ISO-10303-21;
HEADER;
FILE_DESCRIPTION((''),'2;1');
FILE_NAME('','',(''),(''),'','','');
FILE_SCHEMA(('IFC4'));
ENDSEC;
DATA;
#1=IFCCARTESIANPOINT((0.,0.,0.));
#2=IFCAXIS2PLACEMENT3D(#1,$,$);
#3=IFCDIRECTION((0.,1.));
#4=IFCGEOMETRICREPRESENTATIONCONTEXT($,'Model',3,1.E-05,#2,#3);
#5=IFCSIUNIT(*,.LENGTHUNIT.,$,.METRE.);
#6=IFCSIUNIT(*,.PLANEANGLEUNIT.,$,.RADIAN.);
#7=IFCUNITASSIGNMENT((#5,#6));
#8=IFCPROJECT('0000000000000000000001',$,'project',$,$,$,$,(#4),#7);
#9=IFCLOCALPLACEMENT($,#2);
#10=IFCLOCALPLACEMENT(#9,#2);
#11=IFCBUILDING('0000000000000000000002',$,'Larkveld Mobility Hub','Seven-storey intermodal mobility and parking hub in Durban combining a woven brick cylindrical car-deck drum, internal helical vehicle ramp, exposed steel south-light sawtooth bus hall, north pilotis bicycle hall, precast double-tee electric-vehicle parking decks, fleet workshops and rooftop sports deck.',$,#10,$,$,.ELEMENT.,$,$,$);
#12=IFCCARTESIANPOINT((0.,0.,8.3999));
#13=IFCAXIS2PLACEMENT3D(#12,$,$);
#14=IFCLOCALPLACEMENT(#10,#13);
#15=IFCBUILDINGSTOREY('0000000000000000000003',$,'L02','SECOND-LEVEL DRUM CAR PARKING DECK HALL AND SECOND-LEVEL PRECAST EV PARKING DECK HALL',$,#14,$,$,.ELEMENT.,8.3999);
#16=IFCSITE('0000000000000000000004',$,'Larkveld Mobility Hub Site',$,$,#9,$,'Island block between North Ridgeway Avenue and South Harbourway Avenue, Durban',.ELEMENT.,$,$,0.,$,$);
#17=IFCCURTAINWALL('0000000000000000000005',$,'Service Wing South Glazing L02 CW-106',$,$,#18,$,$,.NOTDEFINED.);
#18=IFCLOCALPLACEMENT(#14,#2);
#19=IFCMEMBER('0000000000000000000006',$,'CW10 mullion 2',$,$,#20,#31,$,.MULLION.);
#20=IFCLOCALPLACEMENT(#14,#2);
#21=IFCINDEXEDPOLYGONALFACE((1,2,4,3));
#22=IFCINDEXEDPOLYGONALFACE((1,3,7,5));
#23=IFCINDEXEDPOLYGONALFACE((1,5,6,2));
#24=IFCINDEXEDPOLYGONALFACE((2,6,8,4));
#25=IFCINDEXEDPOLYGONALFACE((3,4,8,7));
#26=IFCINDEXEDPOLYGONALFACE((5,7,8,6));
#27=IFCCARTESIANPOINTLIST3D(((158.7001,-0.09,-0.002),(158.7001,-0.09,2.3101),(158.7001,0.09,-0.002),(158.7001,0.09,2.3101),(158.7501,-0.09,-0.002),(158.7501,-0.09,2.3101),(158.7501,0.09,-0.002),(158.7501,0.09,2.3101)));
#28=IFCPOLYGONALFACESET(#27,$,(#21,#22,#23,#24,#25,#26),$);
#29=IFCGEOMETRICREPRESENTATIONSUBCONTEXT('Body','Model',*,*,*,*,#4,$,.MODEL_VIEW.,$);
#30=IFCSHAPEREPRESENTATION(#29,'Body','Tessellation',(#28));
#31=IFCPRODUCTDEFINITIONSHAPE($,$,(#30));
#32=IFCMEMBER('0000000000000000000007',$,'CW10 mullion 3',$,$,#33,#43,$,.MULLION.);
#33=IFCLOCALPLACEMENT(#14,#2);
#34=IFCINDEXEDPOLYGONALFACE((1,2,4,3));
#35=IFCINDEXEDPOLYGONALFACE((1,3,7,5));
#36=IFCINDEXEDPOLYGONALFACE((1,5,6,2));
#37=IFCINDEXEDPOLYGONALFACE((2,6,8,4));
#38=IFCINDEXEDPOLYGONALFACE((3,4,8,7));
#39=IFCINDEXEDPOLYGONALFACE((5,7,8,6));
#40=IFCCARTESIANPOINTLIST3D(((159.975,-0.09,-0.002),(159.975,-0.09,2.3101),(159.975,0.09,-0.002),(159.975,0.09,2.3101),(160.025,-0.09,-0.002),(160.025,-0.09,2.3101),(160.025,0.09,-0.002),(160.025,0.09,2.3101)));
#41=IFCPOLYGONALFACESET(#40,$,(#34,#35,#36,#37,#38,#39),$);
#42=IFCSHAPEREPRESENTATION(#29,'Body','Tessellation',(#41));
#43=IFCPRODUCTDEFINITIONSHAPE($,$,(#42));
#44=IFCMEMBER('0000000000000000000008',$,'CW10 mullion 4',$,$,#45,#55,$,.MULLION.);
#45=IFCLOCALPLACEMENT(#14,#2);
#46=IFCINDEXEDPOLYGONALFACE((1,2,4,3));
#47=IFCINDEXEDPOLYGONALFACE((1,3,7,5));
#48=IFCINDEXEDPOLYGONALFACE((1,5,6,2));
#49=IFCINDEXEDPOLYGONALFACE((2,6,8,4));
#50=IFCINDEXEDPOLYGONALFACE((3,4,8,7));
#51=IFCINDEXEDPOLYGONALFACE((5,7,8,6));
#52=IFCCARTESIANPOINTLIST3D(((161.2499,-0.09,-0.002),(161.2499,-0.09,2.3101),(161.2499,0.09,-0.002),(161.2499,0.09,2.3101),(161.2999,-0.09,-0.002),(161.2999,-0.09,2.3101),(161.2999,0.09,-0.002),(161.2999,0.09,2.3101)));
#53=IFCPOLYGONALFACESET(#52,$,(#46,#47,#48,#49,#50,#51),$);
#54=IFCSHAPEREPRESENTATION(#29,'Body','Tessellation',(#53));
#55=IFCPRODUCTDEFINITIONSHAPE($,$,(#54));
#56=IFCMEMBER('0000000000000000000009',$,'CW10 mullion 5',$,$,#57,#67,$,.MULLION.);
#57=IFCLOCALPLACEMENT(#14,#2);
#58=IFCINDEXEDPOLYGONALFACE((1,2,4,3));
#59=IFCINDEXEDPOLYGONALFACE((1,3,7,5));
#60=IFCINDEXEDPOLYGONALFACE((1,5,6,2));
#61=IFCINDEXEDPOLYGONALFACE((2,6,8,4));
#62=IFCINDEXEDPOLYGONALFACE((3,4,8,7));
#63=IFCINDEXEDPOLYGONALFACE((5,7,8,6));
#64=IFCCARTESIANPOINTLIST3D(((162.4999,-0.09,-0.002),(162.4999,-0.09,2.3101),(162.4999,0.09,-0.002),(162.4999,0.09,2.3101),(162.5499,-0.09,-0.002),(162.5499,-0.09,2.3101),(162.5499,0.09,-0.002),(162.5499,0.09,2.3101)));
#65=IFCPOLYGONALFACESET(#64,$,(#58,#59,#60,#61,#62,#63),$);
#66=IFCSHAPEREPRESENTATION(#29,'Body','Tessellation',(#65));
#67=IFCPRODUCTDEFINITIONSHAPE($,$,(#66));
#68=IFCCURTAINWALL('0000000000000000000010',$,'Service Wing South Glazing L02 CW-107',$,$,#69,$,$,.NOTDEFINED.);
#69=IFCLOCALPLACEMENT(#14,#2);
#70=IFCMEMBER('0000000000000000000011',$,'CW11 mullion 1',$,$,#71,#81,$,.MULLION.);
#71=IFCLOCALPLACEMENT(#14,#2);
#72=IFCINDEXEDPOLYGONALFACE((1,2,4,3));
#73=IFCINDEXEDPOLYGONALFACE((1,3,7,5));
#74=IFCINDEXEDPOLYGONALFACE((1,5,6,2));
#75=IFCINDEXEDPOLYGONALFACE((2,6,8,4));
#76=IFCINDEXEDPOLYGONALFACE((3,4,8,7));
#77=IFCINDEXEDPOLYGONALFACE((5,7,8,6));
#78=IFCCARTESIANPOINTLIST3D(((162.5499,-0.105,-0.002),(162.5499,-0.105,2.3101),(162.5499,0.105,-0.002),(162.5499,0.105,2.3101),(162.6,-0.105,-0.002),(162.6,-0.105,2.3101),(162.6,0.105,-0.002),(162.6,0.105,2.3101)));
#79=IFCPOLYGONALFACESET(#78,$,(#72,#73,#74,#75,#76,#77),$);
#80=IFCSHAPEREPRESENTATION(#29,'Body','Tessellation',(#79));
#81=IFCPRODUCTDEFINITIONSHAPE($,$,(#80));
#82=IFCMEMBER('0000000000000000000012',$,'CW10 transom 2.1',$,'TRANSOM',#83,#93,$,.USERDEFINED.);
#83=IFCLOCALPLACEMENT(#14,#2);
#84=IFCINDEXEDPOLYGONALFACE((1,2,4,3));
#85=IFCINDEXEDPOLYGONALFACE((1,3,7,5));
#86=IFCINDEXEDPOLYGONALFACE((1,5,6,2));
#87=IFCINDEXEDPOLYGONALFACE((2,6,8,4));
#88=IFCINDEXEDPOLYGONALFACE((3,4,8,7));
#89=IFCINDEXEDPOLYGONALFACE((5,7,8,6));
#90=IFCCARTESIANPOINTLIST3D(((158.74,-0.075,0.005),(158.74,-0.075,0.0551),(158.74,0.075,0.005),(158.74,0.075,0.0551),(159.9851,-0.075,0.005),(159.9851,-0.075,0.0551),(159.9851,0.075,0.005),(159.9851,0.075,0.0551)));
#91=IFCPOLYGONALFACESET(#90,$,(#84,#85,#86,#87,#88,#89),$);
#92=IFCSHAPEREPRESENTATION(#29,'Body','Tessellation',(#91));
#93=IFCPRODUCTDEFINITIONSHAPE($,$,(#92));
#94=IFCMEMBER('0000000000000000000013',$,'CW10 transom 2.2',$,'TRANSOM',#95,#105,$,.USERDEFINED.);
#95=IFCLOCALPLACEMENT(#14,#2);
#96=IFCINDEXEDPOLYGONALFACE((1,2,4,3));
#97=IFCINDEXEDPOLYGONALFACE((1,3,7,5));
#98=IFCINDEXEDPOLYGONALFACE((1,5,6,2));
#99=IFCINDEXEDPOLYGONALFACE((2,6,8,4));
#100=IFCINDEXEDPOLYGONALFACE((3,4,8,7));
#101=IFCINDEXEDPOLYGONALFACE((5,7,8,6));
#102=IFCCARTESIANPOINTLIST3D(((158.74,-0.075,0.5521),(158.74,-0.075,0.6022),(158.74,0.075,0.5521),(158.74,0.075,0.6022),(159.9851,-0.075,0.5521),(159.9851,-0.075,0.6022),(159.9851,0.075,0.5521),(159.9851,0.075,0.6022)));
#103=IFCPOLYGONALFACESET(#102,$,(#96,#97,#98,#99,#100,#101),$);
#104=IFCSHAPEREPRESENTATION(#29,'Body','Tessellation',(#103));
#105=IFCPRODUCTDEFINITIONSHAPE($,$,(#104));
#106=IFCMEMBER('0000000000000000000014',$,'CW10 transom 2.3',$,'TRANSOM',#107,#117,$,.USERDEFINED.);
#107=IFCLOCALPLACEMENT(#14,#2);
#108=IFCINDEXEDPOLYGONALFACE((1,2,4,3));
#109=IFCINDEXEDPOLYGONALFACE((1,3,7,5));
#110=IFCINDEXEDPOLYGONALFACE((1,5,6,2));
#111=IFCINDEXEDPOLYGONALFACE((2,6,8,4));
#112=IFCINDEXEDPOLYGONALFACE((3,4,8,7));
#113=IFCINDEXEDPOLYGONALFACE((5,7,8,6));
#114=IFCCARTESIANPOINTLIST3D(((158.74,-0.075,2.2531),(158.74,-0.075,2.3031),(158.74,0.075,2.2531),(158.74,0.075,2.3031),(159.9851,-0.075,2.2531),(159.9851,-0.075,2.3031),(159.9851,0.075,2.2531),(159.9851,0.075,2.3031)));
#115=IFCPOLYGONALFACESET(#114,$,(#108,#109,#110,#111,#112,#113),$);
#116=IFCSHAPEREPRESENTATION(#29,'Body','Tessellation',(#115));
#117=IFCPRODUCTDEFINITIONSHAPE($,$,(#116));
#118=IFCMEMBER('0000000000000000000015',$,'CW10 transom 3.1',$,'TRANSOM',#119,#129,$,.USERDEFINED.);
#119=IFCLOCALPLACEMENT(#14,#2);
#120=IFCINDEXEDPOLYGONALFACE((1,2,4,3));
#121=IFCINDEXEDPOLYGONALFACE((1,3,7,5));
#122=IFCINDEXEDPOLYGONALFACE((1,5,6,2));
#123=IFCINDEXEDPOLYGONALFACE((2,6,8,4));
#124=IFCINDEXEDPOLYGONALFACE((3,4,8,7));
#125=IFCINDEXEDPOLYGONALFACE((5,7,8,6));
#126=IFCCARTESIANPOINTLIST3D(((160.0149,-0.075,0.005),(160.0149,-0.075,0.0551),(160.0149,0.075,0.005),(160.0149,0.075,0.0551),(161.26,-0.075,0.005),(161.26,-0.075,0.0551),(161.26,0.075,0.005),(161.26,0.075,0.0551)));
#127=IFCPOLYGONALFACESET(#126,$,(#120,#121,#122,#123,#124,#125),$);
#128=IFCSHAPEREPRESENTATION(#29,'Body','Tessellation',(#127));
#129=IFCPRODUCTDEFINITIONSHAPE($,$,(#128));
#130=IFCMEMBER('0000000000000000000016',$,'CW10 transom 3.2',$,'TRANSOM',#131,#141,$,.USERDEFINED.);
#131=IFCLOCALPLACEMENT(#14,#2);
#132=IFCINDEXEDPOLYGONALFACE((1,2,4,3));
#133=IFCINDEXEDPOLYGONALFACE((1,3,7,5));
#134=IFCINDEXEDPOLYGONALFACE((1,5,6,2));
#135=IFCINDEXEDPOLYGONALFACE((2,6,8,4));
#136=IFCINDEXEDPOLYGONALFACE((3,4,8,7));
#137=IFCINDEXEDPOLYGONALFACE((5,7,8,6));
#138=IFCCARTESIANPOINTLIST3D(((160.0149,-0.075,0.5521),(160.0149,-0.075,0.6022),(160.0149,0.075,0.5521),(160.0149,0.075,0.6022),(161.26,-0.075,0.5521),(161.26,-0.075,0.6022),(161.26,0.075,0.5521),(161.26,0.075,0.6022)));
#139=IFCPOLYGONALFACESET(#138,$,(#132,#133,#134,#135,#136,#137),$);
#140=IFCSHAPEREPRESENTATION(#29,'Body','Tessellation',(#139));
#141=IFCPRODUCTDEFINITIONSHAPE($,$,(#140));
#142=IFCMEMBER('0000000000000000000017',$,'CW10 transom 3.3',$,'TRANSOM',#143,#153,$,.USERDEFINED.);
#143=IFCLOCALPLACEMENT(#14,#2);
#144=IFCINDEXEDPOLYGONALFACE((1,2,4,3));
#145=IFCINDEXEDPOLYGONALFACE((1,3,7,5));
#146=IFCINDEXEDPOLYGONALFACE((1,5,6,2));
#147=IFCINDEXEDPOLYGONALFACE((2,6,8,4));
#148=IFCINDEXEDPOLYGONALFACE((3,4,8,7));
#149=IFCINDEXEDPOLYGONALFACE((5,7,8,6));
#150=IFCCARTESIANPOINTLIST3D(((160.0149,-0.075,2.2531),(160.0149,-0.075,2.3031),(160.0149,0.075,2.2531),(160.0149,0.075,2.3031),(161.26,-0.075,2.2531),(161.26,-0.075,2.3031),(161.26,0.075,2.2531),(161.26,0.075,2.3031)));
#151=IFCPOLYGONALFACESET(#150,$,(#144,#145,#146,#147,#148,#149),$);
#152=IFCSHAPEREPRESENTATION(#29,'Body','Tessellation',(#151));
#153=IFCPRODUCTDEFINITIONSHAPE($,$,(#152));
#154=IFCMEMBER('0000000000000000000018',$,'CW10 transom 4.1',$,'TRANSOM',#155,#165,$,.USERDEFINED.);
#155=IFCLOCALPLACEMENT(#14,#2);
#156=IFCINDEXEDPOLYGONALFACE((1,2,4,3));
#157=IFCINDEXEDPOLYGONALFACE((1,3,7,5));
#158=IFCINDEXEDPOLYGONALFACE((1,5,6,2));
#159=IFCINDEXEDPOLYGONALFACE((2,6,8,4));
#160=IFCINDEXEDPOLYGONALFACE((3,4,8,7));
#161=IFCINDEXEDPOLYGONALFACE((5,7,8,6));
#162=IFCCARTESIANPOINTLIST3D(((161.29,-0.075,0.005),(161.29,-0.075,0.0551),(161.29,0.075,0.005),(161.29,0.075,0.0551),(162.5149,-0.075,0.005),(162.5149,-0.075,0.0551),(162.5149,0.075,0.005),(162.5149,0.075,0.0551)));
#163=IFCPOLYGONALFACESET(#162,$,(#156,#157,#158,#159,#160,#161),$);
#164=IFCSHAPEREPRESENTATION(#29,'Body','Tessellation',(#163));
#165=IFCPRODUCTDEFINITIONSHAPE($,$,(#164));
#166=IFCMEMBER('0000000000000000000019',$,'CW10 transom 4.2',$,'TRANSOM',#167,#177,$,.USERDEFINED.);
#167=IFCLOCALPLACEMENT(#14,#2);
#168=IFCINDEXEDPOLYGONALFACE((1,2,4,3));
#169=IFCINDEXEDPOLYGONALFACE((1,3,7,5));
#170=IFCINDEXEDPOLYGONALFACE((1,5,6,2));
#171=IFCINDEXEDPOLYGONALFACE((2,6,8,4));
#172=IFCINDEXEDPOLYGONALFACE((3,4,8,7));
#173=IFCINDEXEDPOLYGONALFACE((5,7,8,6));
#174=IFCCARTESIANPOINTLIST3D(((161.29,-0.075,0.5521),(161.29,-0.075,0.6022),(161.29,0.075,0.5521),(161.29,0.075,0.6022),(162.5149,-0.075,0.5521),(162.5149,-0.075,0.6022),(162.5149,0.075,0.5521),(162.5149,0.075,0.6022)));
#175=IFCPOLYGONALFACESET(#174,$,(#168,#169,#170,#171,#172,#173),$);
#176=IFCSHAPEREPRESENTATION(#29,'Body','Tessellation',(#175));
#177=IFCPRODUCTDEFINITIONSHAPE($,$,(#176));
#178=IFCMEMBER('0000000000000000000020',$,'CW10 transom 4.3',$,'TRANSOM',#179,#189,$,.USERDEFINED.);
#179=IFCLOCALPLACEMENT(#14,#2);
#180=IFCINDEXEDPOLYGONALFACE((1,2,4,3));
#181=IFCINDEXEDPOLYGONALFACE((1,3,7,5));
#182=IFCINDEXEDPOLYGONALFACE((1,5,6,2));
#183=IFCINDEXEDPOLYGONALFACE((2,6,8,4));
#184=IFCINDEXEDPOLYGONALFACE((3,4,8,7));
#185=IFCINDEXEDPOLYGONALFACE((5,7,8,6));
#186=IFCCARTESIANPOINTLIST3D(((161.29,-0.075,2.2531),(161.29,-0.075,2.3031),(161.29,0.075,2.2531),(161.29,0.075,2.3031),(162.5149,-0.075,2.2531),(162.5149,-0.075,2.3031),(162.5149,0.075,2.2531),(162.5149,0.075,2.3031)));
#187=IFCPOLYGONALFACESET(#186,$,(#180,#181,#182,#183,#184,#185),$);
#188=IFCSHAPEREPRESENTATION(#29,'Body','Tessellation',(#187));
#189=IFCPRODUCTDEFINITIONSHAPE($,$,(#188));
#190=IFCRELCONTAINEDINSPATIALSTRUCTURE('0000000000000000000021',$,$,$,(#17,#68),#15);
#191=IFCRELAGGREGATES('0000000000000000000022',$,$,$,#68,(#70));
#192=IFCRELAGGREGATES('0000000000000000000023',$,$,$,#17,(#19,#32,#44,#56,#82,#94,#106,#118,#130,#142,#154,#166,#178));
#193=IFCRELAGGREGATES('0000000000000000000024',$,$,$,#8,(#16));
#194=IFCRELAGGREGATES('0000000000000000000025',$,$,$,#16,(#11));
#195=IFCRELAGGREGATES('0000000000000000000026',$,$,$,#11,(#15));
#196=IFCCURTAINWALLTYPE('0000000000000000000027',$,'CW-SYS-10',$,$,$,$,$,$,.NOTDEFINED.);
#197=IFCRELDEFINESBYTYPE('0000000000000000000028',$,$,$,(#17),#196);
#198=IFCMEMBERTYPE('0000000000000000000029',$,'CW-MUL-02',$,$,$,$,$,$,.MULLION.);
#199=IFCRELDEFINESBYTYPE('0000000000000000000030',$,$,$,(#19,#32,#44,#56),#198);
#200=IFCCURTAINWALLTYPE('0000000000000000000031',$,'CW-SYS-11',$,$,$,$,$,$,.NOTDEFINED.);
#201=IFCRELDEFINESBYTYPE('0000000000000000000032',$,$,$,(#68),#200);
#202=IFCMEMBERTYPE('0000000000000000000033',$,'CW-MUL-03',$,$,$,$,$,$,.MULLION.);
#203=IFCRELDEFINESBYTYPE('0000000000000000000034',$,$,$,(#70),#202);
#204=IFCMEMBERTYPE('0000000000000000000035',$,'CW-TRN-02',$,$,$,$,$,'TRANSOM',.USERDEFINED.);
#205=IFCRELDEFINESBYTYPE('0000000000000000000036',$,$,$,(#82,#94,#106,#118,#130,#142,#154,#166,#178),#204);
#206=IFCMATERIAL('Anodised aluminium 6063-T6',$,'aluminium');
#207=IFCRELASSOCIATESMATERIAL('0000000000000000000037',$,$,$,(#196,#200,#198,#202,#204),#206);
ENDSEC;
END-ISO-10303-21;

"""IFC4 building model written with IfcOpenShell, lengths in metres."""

from ifc_helpers import new_model, si_unit, direction, frame, origin, origin_2d, place, context, subcontext, project, spatial, rectangle, extrude, material, material_profile, profile_set, type_object, element, aggregate, save


model = new_model("IFC4")

# Units and contexts
model_context = context("Model", 3, precision=1e-05, world=origin(), true_north=direction((0.0, 1.0)))
body_context = subcontext(model_context, "Body", "Model", "MODEL_VIEW")
ifc_project = project(units=[si_unit("LENGTHUNIT", "METRE"), si_unit("PLANEANGLEUNIT", "RADIAN")], contexts=[model_context])

# Site, building, storey
site_placement = place(None, origin())
site = spatial("IfcSite", under=ifc_project, at=site_placement, Name="Larkveld Mobility Hub Site", LongName="Island block between North Ridgeway Avenue and South Harbourway Avenue, Durban", CompositionType="ELEMENT", RefElevation=0.0)
building_placement = place(site_placement, origin())
building = spatial("IfcBuilding", under=site, at=building_placement, Name="Larkveld Mobility Hub", Description="Seven-storey intermodal mobility and parking hub in Durban combining a woven brick cylindrical car-deck drum, internal helical vehicle ramp, exposed steel south-light sawtooth bus hall, north pilotis bicycle hall, precast double-tee electric-vehicle parking decks, fleet workshops and rooftop sports deck.", CompositionType="ELEMENT")
storey_placement = place(building_placement, frame((0.0, 0.0, 8.3999)))
storey = spatial("IfcBuildingStorey", under=building, at=storey_placement, Name="L02", Description="SECOND-LEVEL DRUM CAR PARKING DECK HALL AND SECOND-LEVEL PRECAST EV PARKING DECK HALL", CompositionType="ELEMENT", Elevation=8.3999)

# Curtain wall, members
ifc_material_1 = material(Name="Anodised aluminium 6063-T6", Category="aluminium")
curtain_wall_type_1 = type_object("IfcCurtainWallType", Name="CW-SYS-10", PredefinedType="NOTDEFINED", material=ifc_material_1)
curtain_wall_1_placement = place(storey_placement, origin())
curtain_wall_1 = element("IfcCurtainWall", 1, at=curtain_wall_1_placement, inside=storey, type_object=curtain_wall_type_1, Name="Service Wing South Glazing L02 CW-106", PredefinedType="NOTDEFINED")
ifc_material_profile_1 = material_profile(ifc_material_1, rectangle(XDim=0.05, YDim=0.1799, at=origin_2d()), Name="ALU MULL 50x180")
ifc_profile_set_1 = profile_set([ifc_material_profile_1], Name="Anodised aluminium 6063-T6")
member_type_1 = type_object("IfcMemberType", Name="CW-MUL-02", PredefinedType="MULLION", material=ifc_profile_set_1)
member_1_placement = place(storey_placement, frame((158.7251, 0.0, -0.002), z_axis=(0.0, 0.0, 1.0), x_axis=(1.0, 0.0, 0.0)))
member_1 = element("IfcMember", 2, at=member_1_placement, type_object=member_type_1, Name="CW10 mullion 2", PredefinedType="MULLION", context=body_context, shape_type="SweptSolid", body=[
    extrude(rectangle(XDim=0.05, YDim=0.1799, at=origin_2d()), origin(), (0.0, 0.0, 1.0), 2.312),
])
member_2_placement = place(storey_placement, frame((160.0, 0.0, -0.002), z_axis=(0.0, 0.0, 1.0), x_axis=(1.0, 0.0, 0.0)))
member_2 = element("IfcMember", 3, at=member_2_placement, type_object=member_type_1, Name="CW10 mullion 3", PredefinedType="MULLION", context=body_context, shape_type="SweptSolid", body=[
    extrude(rectangle(XDim=0.05, YDim=0.1799, at=origin_2d()), origin(), (0.0, 0.0, 1.0), 2.312),
])
member_3_placement = place(storey_placement, frame((161.2749, 0.0, -0.002), z_axis=(0.0, 0.0, 1.0), x_axis=(1.0, 0.0, 0.0)))
member_3 = element("IfcMember", 4, at=member_3_placement, type_object=member_type_1, Name="CW10 mullion 4", PredefinedType="MULLION", context=body_context, shape_type="SweptSolid", body=[
    extrude(rectangle(XDim=0.05, YDim=0.1799, at=origin_2d()), origin(), (0.0, 0.0, 1.0), 2.312),
])
member_4_placement = place(storey_placement, frame((162.5249, 0.0, -0.002), z_axis=(0.0, 0.0, 1.0), x_axis=(1.0, 0.0, 0.0)))
member_4 = element("IfcMember", 5, at=member_4_placement, type_object=member_type_1, Name="CW10 mullion 5", PredefinedType="MULLION", context=body_context, shape_type="SweptSolid", body=[
    extrude(rectangle(XDim=0.05, YDim=0.1799, at=origin_2d()), origin(), (0.0, 0.0, 1.0), 2.312),
])

# Curtain wall, member
curtain_wall_type_2 = type_object("IfcCurtainWallType", Name="CW-SYS-11", PredefinedType="NOTDEFINED", material=ifc_material_1)
curtain_wall_2_placement = place(storey_placement, origin())
curtain_wall_2 = element("IfcCurtainWall", 6, at=curtain_wall_2_placement, inside=storey, type_object=curtain_wall_type_2, Name="Service Wing South Glazing L02 CW-107", PredefinedType="NOTDEFINED")
ifc_material_profile_2 = material_profile(ifc_material_1, rectangle(XDim=0.05, YDim=0.21, at=origin_2d()), Name="ALU MULL 50x210")
ifc_profile_set_2 = profile_set([ifc_material_profile_2], Name="Anodised aluminium 6063-T6")
member_type_2 = type_object("IfcMemberType", Name="CW-MUL-03", PredefinedType="MULLION", material=ifc_profile_set_2)
member_5_placement = place(storey_placement, frame((162.575, 0.0, -0.002), z_axis=(0.0, 0.0, 1.0), x_axis=(1.0, 0.0, 0.0)))
member_5 = element("IfcMember", 7, at=member_5_placement, type_object=member_type_2, Name="CW11 mullion 1", PredefinedType="MULLION", context=body_context, shape_type="SweptSolid", body=[
    extrude(rectangle(XDim=0.05, YDim=0.21, at=origin_2d()), origin(), (0.0, 0.0, 1.0), 2.312),
])

# Members
ifc_material_profile_3 = material_profile(ifc_material_1, rectangle(XDim=0.1499, YDim=0.05, at=origin_2d()), Name="ALU TRAN 50x150")
ifc_profile_set_3 = profile_set([ifc_material_profile_3], Name="Anodised aluminium 6063-T6")
member_type_3 = type_object("IfcMemberType", Name="CW-TRN-02", ElementType="TRANSOM", PredefinedType="USERDEFINED", material=ifc_profile_set_3)
member_6_placement = place(storey_placement, frame((158.74, 0.0, 0.03), z_axis=(1.0, 0.0, 0.0), x_axis=(0.0, 1.0, 0.0)))
member_6 = element("IfcMember", 8, at=member_6_placement, type_object=member_type_3, Name="CW10 transom 2.1", ObjectType="TRANSOM", PredefinedType="USERDEFINED", context=body_context, shape_type="SweptSolid", body=[
    extrude(rectangle(XDim=0.1499, YDim=0.05, at=origin_2d()), origin(), (0.0, 0.0, 1.0), 1.2451),
])
member_7_placement = place(storey_placement, frame((158.74, 0.0, 0.5771), z_axis=(1.0, 0.0, 0.0), x_axis=(0.0, 1.0, 0.0)))
member_7 = element("IfcMember", 9, at=member_7_placement, type_object=member_type_3, Name="CW10 transom 2.2", ObjectType="TRANSOM", PredefinedType="USERDEFINED", context=body_context, shape_type="SweptSolid", body=[
    extrude(rectangle(XDim=0.1499, YDim=0.05, at=origin_2d()), origin(), (0.0, 0.0, 1.0), 1.2451),
])
member_8_placement = place(storey_placement, frame((158.74, 0.0, 2.2781), z_axis=(1.0, 0.0, 0.0), x_axis=(0.0, 1.0, 0.0)))
member_8 = element("IfcMember", 10, at=member_8_placement, type_object=member_type_3, Name="CW10 transom 2.3", ObjectType="TRANSOM", PredefinedType="USERDEFINED", context=body_context, shape_type="SweptSolid", body=[
    extrude(rectangle(XDim=0.1499, YDim=0.05, at=origin_2d()), origin(), (0.0, 0.0, 1.0), 1.2451),
])
member_9_placement = place(storey_placement, frame((160.0149, 0.0, 0.03), z_axis=(1.0, 0.0, 0.0), x_axis=(0.0, 1.0, 0.0)))
member_9 = element("IfcMember", 11, at=member_9_placement, type_object=member_type_3, Name="CW10 transom 3.1", ObjectType="TRANSOM", PredefinedType="USERDEFINED", context=body_context, shape_type="SweptSolid", body=[
    extrude(rectangle(XDim=0.1499, YDim=0.05, at=origin_2d()), origin(), (0.0, 0.0, 1.0), 1.2451),
])
member_10_placement = place(storey_placement, frame((160.0149, 0.0, 0.5771), z_axis=(1.0, 0.0, 0.0), x_axis=(0.0, 1.0, 0.0)))
member_10 = element("IfcMember", 12, at=member_10_placement, type_object=member_type_3, Name="CW10 transom 3.2", ObjectType="TRANSOM", PredefinedType="USERDEFINED", context=body_context, shape_type="SweptSolid", body=[
    extrude(rectangle(XDim=0.1499, YDim=0.05, at=origin_2d()), origin(), (0.0, 0.0, 1.0), 1.2451),
])
member_11_placement = place(storey_placement, frame((160.0149, 0.0, 2.2781), z_axis=(1.0, 0.0, 0.0), x_axis=(0.0, 1.0, 0.0)))
member_11 = element("IfcMember", 13, at=member_11_placement, type_object=member_type_3, Name="CW10 transom 3.3", ObjectType="TRANSOM", PredefinedType="USERDEFINED", context=body_context, shape_type="SweptSolid", body=[
    extrude(rectangle(XDim=0.1499, YDim=0.05, at=origin_2d()), origin(), (0.0, 0.0, 1.0), 1.2451),
])
member_12_placement = place(storey_placement, frame((161.29, 0.0, 0.03), z_axis=(1.0, 0.0, 0.0), x_axis=(0.0, 1.0, 0.0)))
member_12 = element("IfcMember", 14, at=member_12_placement, type_object=member_type_3, Name="CW10 transom 4.1", ObjectType="TRANSOM", PredefinedType="USERDEFINED", context=body_context, shape_type="SweptSolid", body=[
    extrude(rectangle(XDim=0.1499, YDim=0.05, at=origin_2d()), origin(), (0.0, 0.0, 1.0), 1.2249),
])
member_13_placement = place(storey_placement, frame((161.29, 0.0, 0.5771), z_axis=(1.0, 0.0, 0.0), x_axis=(0.0, 1.0, 0.0)))
member_13 = element("IfcMember", 15, at=member_13_placement, type_object=member_type_3, Name="CW10 transom 4.2", ObjectType="TRANSOM", PredefinedType="USERDEFINED", context=body_context, shape_type="SweptSolid", body=[
    extrude(rectangle(XDim=0.1499, YDim=0.05, at=origin_2d()), origin(), (0.0, 0.0, 1.0), 1.2249),
])
member_14_placement = place(storey_placement, frame((161.29, 0.0, 2.2781), z_axis=(1.0, 0.0, 0.0), x_axis=(0.0, 1.0, 0.0)))
member_14 = element("IfcMember", 16, at=member_14_placement, type_object=member_type_3, Name="CW10 transom 4.3", ObjectType="TRANSOM", PredefinedType="USERDEFINED", context=body_context, shape_type="SweptSolid", body=[
    extrude(rectangle(XDim=0.1499, YDim=0.05, at=origin_2d()), origin(), (0.0, 0.0, 1.0), 1.2249),
])
aggregate(curtain_wall_2, [member_5])

aggregate(curtain_wall_1, [member_1, member_2, member_3, member_4, member_6, member_7, member_8, member_9, member_10, member_11, member_12, member_13, member_14])

save(model, "model.ifc")
